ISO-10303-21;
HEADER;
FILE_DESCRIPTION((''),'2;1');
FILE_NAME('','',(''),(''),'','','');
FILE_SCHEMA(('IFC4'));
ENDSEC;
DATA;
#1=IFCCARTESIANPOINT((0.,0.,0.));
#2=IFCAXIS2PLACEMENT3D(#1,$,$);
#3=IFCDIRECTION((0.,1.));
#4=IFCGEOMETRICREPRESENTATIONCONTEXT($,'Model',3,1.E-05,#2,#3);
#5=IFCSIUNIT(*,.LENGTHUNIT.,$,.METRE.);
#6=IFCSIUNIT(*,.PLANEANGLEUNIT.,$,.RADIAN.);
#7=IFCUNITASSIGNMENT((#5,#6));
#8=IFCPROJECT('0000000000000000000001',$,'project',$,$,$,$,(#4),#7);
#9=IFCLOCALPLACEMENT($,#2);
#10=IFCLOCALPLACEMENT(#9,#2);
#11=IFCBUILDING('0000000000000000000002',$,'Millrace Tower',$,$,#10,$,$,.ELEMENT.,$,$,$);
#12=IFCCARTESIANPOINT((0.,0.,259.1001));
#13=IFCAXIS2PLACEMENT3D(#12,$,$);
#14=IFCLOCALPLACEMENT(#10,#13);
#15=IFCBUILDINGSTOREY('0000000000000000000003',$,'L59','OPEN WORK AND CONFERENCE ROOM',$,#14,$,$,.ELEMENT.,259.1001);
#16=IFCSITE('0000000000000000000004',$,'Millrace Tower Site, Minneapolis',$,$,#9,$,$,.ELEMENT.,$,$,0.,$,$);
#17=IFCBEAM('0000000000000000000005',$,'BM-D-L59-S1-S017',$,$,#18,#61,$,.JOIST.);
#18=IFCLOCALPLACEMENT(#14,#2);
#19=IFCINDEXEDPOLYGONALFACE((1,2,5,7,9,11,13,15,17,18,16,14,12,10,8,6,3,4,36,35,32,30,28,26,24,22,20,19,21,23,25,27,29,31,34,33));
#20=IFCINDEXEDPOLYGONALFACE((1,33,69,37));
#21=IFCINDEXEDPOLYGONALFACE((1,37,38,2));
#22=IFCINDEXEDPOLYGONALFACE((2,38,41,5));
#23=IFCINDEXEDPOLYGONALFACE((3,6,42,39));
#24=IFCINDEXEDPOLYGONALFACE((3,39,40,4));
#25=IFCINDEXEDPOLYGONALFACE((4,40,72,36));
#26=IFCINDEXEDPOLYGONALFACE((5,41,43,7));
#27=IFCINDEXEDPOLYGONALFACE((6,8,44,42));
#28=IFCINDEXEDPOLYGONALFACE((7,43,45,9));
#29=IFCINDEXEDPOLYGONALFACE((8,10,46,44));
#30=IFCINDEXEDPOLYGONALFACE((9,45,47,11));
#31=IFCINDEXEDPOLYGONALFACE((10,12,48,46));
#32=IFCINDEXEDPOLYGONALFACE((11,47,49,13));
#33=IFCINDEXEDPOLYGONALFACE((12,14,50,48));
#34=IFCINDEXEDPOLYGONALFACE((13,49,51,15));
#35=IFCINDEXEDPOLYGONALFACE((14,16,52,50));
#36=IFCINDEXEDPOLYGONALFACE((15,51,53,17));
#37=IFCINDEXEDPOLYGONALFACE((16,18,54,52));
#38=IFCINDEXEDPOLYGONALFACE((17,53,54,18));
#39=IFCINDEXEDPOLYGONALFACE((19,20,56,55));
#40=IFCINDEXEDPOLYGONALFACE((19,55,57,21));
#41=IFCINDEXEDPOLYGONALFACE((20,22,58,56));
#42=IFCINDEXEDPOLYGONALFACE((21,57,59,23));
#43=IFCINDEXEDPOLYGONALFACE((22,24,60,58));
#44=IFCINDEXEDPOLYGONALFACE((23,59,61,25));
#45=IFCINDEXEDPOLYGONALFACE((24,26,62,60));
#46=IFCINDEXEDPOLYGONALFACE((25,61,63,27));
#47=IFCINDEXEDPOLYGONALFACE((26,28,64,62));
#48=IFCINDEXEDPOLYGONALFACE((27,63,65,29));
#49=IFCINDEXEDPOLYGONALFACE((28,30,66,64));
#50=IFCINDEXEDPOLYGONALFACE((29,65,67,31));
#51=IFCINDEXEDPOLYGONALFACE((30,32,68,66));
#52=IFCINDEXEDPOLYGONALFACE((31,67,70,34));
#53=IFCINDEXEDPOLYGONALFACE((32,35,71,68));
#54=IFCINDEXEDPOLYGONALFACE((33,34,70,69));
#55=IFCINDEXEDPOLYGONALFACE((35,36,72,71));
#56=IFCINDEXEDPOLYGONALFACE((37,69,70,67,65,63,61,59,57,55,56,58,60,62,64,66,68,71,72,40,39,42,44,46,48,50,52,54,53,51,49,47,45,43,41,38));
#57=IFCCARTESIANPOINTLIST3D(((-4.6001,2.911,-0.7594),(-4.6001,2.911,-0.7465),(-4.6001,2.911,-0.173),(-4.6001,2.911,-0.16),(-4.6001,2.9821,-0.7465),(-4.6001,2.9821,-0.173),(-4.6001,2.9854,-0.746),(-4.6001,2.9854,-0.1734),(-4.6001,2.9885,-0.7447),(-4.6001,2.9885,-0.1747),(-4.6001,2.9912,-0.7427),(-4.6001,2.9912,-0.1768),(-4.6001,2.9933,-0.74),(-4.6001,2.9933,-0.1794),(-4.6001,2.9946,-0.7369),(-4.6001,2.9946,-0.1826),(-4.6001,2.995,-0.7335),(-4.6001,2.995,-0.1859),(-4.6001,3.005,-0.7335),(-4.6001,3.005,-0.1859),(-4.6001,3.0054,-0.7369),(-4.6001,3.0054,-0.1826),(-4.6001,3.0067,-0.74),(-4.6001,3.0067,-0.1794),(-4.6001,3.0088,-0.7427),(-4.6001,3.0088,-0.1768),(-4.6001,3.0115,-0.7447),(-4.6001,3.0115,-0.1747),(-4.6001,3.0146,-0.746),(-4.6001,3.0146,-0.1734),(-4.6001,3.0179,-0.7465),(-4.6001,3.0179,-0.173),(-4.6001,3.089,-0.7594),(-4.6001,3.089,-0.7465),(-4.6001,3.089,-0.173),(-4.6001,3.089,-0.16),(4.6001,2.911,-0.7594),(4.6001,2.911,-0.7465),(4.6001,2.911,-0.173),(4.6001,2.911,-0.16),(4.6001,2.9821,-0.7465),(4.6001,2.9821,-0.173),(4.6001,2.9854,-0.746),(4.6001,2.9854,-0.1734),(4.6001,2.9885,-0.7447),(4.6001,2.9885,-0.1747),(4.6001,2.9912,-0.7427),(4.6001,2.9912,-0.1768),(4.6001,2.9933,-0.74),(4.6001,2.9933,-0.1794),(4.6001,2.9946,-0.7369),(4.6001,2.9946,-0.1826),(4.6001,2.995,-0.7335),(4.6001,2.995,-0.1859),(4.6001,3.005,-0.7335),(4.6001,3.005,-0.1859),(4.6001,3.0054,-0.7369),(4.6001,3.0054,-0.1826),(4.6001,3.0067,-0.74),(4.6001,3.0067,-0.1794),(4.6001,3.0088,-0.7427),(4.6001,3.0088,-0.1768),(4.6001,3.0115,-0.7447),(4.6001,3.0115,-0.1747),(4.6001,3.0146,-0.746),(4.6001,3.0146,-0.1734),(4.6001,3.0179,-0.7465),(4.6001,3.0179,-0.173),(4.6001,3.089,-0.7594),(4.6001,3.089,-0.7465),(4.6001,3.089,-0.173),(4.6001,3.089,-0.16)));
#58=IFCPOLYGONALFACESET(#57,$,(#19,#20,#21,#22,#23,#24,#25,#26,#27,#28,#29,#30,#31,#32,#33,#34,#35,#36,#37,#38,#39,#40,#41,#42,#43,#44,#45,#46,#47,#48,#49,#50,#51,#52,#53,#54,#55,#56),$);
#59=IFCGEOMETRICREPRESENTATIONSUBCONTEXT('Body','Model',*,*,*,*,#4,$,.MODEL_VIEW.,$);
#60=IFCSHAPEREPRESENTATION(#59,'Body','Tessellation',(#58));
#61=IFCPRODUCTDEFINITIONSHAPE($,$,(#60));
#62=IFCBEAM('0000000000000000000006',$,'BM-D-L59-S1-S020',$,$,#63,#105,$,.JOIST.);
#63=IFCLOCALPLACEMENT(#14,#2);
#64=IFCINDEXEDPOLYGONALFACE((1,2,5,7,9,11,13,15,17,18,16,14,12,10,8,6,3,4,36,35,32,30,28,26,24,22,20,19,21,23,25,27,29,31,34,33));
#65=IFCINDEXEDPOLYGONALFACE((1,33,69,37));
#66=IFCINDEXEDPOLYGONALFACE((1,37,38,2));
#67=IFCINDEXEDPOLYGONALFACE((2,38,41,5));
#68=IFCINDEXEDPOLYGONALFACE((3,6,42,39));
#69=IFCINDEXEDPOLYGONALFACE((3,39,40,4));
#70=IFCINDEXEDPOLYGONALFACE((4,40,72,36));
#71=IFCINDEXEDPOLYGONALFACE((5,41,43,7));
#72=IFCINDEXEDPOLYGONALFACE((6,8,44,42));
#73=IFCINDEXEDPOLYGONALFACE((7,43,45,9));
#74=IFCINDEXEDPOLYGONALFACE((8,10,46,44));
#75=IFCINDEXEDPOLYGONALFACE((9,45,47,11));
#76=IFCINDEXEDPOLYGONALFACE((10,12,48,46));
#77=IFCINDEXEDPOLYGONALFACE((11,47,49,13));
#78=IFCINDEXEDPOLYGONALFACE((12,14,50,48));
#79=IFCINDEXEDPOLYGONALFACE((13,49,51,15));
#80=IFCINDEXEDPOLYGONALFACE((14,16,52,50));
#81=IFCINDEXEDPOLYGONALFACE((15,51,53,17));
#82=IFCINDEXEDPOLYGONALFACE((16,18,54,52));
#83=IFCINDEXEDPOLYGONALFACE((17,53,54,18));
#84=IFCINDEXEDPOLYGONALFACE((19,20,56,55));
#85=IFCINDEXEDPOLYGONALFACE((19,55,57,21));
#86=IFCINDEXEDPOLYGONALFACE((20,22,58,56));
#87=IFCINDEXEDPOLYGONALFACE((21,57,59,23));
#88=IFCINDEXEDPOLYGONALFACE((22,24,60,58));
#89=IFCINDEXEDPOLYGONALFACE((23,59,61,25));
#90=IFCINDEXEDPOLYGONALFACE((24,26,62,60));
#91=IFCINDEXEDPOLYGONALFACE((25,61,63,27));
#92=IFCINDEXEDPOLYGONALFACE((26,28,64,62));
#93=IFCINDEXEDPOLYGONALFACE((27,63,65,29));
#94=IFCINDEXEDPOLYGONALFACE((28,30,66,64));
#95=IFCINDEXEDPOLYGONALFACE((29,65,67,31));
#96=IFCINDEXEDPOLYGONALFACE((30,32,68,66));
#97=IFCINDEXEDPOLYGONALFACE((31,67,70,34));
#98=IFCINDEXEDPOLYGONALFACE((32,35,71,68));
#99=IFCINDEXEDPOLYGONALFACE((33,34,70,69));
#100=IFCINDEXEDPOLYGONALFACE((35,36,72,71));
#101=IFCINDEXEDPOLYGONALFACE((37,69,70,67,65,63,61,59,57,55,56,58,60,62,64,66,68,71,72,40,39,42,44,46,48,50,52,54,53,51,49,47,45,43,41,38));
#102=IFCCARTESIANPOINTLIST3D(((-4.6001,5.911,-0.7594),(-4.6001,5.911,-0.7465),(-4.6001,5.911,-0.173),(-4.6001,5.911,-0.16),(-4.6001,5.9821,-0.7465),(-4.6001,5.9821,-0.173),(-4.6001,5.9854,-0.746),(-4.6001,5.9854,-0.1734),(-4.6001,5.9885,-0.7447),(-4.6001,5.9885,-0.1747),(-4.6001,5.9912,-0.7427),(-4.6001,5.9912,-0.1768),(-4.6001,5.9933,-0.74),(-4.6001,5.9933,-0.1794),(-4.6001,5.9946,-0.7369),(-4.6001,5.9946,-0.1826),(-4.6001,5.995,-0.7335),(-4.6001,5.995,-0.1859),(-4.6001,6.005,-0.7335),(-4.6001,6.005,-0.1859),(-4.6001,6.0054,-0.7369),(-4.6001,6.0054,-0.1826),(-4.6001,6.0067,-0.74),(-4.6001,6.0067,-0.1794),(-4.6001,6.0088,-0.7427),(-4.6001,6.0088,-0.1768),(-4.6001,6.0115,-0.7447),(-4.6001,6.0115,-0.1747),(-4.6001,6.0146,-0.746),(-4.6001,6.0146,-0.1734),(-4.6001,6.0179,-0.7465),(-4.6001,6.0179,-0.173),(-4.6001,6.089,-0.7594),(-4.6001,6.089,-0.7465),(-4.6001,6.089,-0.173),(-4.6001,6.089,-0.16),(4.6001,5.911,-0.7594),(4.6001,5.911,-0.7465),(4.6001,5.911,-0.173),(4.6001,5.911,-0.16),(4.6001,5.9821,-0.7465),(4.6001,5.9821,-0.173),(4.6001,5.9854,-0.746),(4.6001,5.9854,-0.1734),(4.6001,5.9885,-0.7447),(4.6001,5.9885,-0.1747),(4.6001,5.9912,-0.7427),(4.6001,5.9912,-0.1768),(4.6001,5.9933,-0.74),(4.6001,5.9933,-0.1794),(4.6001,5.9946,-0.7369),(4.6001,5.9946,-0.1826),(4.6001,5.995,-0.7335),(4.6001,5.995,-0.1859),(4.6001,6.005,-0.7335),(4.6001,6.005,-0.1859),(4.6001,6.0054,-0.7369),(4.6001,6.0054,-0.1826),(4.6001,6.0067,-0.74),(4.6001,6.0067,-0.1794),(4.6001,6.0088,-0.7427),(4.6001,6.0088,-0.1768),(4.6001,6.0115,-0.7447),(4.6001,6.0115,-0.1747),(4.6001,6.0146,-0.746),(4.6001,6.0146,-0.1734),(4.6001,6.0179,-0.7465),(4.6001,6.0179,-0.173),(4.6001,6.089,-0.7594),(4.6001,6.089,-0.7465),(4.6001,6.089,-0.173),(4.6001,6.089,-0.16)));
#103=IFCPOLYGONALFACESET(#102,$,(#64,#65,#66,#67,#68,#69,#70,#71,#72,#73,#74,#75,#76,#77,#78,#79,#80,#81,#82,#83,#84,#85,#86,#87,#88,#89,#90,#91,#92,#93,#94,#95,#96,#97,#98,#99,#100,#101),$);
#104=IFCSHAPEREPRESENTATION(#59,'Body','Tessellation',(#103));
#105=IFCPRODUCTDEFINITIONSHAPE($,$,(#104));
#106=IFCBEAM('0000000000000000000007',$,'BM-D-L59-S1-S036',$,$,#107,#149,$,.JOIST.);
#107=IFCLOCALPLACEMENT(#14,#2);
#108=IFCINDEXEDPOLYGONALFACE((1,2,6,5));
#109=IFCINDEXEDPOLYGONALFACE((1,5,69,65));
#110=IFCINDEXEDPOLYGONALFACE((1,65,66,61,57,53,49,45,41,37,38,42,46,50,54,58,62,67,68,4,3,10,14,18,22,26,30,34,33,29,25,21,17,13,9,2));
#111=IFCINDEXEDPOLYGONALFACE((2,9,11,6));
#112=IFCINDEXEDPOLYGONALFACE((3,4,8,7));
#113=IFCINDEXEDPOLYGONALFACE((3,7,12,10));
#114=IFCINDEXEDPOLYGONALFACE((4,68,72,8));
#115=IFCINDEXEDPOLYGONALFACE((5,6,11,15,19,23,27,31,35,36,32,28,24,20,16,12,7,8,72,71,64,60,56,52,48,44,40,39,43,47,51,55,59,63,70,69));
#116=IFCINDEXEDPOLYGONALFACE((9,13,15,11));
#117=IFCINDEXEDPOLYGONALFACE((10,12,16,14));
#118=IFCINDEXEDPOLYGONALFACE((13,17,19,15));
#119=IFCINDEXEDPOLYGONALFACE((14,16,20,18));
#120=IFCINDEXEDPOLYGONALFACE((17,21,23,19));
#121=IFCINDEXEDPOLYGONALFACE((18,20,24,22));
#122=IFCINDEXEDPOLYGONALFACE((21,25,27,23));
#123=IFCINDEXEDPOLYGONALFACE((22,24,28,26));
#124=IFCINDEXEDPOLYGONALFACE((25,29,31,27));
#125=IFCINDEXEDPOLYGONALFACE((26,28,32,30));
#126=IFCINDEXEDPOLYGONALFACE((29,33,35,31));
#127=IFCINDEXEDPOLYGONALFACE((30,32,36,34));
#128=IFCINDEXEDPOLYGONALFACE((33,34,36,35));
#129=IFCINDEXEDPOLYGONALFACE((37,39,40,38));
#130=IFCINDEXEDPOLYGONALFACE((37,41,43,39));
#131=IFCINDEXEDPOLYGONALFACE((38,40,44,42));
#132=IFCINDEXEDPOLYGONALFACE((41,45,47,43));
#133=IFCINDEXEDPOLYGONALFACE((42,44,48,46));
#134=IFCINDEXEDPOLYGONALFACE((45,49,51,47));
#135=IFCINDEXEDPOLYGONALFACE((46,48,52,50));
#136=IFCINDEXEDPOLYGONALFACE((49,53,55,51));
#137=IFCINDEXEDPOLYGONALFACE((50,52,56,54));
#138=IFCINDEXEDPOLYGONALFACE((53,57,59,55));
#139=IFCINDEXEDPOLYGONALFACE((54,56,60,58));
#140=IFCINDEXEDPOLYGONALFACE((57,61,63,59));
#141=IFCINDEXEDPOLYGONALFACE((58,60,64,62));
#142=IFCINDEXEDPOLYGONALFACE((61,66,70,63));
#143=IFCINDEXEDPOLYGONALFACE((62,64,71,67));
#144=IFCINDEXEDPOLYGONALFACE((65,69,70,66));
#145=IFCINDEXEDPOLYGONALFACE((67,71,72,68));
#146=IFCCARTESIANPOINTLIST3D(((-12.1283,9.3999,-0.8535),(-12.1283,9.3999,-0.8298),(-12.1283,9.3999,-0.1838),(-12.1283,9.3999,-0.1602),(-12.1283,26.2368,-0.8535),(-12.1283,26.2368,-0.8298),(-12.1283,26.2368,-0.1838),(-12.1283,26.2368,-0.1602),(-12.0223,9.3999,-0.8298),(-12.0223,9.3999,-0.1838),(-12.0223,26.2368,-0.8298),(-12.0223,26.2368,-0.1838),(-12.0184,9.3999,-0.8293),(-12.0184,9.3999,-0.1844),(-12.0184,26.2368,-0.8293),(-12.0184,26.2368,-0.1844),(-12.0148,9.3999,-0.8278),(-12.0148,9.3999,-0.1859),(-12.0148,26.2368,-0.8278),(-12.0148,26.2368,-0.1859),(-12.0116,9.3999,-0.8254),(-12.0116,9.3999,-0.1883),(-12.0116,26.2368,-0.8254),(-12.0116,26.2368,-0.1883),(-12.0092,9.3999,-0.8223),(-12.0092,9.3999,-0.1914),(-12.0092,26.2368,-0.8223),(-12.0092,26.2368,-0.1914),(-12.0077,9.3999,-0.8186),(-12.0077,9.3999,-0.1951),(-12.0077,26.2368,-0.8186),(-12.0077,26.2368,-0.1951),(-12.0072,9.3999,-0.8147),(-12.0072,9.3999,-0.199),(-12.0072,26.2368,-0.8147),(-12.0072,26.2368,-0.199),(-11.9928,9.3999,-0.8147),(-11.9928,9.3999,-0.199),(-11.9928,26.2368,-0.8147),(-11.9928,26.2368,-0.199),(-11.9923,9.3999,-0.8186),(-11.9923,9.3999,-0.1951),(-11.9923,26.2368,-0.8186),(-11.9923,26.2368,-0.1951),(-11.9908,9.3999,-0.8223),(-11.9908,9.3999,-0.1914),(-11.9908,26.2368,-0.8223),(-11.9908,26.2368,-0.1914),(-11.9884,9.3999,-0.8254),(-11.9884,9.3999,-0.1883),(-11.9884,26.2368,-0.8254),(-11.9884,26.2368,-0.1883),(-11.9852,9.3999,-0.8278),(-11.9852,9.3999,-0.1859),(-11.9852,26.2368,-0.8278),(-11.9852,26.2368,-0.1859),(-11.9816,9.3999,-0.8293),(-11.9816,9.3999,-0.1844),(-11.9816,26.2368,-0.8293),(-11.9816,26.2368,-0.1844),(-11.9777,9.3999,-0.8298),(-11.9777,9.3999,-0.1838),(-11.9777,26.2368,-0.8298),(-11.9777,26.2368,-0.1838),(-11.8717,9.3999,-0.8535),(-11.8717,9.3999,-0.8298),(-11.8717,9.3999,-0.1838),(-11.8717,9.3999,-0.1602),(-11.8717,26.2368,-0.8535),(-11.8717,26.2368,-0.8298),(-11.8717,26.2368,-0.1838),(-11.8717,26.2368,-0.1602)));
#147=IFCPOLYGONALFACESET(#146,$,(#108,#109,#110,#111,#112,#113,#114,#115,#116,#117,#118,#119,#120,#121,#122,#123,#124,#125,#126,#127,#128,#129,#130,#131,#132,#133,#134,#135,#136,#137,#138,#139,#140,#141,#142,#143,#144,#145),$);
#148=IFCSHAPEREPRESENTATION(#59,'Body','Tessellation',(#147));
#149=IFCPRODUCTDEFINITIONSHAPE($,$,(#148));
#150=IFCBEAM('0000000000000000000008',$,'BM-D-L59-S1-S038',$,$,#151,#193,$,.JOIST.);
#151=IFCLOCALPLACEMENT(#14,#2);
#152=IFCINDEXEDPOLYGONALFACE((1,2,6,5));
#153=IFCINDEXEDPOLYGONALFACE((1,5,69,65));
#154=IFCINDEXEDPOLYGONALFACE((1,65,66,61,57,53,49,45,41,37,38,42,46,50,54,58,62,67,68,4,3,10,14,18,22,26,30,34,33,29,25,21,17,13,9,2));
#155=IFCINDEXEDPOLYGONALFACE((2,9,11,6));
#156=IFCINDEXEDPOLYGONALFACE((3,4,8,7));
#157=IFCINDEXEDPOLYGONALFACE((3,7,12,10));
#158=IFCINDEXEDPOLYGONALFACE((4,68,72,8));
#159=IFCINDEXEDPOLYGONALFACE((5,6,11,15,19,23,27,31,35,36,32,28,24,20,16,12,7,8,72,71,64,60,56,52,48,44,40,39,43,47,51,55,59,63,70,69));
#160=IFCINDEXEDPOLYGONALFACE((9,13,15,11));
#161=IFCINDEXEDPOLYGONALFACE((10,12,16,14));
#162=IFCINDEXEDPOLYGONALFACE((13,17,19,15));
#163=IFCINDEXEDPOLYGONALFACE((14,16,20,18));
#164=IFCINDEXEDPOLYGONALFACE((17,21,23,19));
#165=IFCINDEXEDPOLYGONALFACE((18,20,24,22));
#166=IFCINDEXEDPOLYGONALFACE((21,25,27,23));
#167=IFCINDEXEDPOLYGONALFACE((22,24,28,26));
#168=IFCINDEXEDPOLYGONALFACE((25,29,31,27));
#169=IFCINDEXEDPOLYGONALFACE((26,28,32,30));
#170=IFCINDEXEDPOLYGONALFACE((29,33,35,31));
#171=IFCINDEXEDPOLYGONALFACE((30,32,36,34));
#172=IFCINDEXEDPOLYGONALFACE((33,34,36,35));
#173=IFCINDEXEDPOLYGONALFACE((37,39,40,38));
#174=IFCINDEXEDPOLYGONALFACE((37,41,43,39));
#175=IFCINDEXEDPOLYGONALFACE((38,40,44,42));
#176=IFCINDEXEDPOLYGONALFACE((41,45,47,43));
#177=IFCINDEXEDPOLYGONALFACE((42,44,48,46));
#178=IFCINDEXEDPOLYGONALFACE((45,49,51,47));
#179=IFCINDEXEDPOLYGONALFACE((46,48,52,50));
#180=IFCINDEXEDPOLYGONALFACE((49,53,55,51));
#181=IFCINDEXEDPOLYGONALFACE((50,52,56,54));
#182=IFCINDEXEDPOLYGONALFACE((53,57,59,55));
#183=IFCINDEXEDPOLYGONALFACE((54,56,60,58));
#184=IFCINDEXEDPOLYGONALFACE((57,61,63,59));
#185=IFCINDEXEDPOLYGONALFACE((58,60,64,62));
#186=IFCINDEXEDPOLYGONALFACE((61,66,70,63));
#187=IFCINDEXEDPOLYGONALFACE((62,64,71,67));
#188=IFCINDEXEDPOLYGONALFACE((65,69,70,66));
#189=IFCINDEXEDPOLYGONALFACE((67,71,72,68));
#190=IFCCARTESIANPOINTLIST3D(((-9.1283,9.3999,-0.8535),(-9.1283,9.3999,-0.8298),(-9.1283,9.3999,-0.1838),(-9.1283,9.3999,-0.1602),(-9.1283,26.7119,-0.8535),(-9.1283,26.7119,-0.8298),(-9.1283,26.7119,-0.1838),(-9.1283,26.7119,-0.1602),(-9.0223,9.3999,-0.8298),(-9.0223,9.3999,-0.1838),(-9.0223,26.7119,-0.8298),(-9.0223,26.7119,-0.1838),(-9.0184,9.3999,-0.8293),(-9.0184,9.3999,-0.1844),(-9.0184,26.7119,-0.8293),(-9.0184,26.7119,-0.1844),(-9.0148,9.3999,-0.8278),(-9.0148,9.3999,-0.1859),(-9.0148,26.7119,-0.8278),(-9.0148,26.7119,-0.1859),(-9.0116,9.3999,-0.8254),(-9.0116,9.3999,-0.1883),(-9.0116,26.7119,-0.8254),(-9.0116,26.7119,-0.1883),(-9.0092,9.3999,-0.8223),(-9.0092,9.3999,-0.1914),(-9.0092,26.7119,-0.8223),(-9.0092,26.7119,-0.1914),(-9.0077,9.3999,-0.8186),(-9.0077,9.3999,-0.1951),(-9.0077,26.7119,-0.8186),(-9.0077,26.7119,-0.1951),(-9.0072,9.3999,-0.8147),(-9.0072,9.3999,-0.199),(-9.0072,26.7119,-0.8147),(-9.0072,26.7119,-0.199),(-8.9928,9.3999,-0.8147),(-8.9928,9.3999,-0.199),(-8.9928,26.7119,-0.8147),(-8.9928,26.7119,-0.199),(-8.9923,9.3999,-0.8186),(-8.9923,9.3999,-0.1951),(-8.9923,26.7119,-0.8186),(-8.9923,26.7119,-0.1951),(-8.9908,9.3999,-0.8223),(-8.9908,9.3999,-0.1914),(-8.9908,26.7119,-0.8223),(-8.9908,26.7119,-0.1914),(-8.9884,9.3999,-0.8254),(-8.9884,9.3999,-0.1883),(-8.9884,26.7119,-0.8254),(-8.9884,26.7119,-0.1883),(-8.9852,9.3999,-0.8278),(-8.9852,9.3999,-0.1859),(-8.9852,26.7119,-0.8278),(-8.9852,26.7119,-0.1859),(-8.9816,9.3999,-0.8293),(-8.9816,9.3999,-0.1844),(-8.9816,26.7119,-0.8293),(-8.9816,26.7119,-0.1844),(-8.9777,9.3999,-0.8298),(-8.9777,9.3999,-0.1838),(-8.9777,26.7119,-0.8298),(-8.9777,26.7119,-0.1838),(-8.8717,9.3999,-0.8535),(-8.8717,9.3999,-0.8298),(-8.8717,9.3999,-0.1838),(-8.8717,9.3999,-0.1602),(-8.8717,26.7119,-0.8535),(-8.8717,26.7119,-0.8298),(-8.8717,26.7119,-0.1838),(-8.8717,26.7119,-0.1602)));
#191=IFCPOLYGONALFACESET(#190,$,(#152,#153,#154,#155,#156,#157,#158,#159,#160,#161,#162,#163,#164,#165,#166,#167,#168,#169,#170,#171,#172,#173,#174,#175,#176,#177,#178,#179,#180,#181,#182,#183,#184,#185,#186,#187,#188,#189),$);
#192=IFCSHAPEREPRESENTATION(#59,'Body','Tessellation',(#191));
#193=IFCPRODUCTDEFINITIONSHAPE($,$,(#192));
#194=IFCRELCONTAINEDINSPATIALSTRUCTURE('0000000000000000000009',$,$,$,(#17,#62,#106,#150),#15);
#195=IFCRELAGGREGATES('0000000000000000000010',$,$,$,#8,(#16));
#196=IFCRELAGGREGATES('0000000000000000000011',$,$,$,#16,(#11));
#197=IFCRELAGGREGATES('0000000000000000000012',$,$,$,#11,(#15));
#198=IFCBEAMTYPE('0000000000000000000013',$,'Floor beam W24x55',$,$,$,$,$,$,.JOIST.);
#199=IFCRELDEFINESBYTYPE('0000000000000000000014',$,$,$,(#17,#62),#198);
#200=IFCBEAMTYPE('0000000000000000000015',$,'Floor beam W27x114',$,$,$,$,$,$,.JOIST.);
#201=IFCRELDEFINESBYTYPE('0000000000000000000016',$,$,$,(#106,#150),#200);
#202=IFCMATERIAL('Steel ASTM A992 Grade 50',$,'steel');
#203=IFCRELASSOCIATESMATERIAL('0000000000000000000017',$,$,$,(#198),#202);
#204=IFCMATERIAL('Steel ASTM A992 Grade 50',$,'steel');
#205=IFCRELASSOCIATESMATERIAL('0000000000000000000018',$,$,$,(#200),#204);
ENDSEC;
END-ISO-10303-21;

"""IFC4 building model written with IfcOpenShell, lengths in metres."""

from ifc_helpers import new_model, si_unit, direction, frame, origin, origin_2d, place, context, subcontext, project, spatial, i_section, extrude, material, material_profile, profile_set, type_object, element, save


model = new_model("IFC4")

# Units and contexts
model_context = context("Model", 3, precision=1e-05, world=origin(), true_north=direction((0.0, 1.0)))
body_context = subcontext(model_context, "Body", "Model", "MODEL_VIEW")
ifc_project = project(units=[si_unit("LENGTHUNIT", "METRE"), si_unit("PLANEANGLEUNIT", "RADIAN")], contexts=[model_context])

# Site, building, storey
site_placement = place(None, origin())
site = spatial("IfcSite", under=ifc_project, at=site_placement, Name="Millrace Tower Site, Minneapolis", CompositionType="ELEMENT", RefElevation=0.0)
building_placement = place(site_placement, origin())
building = spatial("IfcBuilding", under=site, at=building_placement, Name="Millrace Tower", CompositionType="ELEMENT")
storey_placement = place(building_placement, frame((0.0, 0.0, 259.1001)))
storey = spatial("IfcBuildingStorey", under=building, at=storey_placement, Name="L59", Description="OPEN WORK AND CONFERENCE ROOM", CompositionType="ELEMENT", Elevation=259.1001)

# Beams
ifc_material_1 = material(Name="Steel ASTM A992 Grade 50", Category="steel")
ifc_material_profile_1 = material_profile(ifc_material_1, i_section(OverallWidth=0.178, OverallDepth=0.5994, WebThickness=0.01, FlangeThickness=0.0129, FilletRadius=0.0129, at=origin_2d()))
ifc_profile_set_1 = profile_set([ifc_material_profile_1], Name="Steel ASTM A992 Grade 50")
beam_type_1 = type_object("IfcBeamType", Name="Floor beam W24x55", PredefinedType="JOIST", material=ifc_profile_set_1)
for number, where, z_axis, x_axis, name in (
    (1, (-4.6001, 3.0, -0.4597), (1.0, 0.0, 0.0), (0.0, 1.0, 0.0), "BM-D-L59-S1-S017"),
    (2, (-4.6001, 6.0, -0.4597), (1.0, 0.0, 0.0), (0.0, 1.0, 0.0), "BM-D-L59-S1-S020"),
):
    element("IfcBeam", number, at=place(storey_placement, frame(where, z_axis=z_axis, x_axis=x_axis)), inside=storey, type_object=beam_type_1, Name=name, PredefinedType="JOIST", context=body_context, shape_type="SweptSolid", body=[
        extrude(i_section(OverallWidth=0.178, OverallDepth=0.5994, WebThickness=0.01, FlangeThickness=0.0129, FilletRadius=0.0129, at=origin_2d()), origin(), (0.0, 0.0, 1.0), 9.2002),
    ])
ifc_material_2 = material(Name="Steel ASTM A992 Grade 50", Category="steel")
ifc_material_profile_2 = material_profile(ifc_material_2, i_section(OverallWidth=0.2566, OverallDepth=0.6934, WebThickness=0.0144, FlangeThickness=0.0237, FilletRadius=0.0151, at=origin_2d()))
ifc_profile_set_2 = profile_set([ifc_material_profile_2], Name="Steel ASTM A992 Grade 50")
beam_type_2 = type_object("IfcBeamType", Name="Floor beam W27x114", PredefinedType="JOIST", material=ifc_profile_set_2)
beam_1_placement = place(storey_placement, frame((-12.0, 9.3999, -0.5068), z_axis=(0.0, 1.0, 0.0), x_axis=(-1.0, 0.0, 0.0)))
element("IfcBeam", 3, at=beam_1_placement, inside=storey, type_object=beam_type_2, Name="BM-D-L59-S1-S036", PredefinedType="JOIST", context=body_context, shape_type="SweptSolid", body=[
    extrude(i_section(OverallWidth=0.2566, OverallDepth=0.6934, WebThickness=0.0144, FlangeThickness=0.0237, FilletRadius=0.0151, at=origin_2d()), origin(), (0.0, 0.0, 1.0), 16.8369),
])
beam_2_placement = place(storey_placement, frame((-9.0, 9.3999, -0.5068), z_axis=(0.0, 1.0, 0.0), x_axis=(-1.0, 0.0, 0.0)))
element("IfcBeam", 4, at=beam_2_placement, inside=storey, type_object=beam_type_2, Name="BM-D-L59-S1-S038", PredefinedType="JOIST", context=body_context, shape_type="SweptSolid", body=[
    extrude(i_section(OverallWidth=0.2566, OverallDepth=0.6934, WebThickness=0.0144, FlangeThickness=0.0237, FilletRadius=0.0151, at=origin_2d()), origin(), (0.0, 0.0, 1.0), 17.312),
])

save(model, "model.ifc")
